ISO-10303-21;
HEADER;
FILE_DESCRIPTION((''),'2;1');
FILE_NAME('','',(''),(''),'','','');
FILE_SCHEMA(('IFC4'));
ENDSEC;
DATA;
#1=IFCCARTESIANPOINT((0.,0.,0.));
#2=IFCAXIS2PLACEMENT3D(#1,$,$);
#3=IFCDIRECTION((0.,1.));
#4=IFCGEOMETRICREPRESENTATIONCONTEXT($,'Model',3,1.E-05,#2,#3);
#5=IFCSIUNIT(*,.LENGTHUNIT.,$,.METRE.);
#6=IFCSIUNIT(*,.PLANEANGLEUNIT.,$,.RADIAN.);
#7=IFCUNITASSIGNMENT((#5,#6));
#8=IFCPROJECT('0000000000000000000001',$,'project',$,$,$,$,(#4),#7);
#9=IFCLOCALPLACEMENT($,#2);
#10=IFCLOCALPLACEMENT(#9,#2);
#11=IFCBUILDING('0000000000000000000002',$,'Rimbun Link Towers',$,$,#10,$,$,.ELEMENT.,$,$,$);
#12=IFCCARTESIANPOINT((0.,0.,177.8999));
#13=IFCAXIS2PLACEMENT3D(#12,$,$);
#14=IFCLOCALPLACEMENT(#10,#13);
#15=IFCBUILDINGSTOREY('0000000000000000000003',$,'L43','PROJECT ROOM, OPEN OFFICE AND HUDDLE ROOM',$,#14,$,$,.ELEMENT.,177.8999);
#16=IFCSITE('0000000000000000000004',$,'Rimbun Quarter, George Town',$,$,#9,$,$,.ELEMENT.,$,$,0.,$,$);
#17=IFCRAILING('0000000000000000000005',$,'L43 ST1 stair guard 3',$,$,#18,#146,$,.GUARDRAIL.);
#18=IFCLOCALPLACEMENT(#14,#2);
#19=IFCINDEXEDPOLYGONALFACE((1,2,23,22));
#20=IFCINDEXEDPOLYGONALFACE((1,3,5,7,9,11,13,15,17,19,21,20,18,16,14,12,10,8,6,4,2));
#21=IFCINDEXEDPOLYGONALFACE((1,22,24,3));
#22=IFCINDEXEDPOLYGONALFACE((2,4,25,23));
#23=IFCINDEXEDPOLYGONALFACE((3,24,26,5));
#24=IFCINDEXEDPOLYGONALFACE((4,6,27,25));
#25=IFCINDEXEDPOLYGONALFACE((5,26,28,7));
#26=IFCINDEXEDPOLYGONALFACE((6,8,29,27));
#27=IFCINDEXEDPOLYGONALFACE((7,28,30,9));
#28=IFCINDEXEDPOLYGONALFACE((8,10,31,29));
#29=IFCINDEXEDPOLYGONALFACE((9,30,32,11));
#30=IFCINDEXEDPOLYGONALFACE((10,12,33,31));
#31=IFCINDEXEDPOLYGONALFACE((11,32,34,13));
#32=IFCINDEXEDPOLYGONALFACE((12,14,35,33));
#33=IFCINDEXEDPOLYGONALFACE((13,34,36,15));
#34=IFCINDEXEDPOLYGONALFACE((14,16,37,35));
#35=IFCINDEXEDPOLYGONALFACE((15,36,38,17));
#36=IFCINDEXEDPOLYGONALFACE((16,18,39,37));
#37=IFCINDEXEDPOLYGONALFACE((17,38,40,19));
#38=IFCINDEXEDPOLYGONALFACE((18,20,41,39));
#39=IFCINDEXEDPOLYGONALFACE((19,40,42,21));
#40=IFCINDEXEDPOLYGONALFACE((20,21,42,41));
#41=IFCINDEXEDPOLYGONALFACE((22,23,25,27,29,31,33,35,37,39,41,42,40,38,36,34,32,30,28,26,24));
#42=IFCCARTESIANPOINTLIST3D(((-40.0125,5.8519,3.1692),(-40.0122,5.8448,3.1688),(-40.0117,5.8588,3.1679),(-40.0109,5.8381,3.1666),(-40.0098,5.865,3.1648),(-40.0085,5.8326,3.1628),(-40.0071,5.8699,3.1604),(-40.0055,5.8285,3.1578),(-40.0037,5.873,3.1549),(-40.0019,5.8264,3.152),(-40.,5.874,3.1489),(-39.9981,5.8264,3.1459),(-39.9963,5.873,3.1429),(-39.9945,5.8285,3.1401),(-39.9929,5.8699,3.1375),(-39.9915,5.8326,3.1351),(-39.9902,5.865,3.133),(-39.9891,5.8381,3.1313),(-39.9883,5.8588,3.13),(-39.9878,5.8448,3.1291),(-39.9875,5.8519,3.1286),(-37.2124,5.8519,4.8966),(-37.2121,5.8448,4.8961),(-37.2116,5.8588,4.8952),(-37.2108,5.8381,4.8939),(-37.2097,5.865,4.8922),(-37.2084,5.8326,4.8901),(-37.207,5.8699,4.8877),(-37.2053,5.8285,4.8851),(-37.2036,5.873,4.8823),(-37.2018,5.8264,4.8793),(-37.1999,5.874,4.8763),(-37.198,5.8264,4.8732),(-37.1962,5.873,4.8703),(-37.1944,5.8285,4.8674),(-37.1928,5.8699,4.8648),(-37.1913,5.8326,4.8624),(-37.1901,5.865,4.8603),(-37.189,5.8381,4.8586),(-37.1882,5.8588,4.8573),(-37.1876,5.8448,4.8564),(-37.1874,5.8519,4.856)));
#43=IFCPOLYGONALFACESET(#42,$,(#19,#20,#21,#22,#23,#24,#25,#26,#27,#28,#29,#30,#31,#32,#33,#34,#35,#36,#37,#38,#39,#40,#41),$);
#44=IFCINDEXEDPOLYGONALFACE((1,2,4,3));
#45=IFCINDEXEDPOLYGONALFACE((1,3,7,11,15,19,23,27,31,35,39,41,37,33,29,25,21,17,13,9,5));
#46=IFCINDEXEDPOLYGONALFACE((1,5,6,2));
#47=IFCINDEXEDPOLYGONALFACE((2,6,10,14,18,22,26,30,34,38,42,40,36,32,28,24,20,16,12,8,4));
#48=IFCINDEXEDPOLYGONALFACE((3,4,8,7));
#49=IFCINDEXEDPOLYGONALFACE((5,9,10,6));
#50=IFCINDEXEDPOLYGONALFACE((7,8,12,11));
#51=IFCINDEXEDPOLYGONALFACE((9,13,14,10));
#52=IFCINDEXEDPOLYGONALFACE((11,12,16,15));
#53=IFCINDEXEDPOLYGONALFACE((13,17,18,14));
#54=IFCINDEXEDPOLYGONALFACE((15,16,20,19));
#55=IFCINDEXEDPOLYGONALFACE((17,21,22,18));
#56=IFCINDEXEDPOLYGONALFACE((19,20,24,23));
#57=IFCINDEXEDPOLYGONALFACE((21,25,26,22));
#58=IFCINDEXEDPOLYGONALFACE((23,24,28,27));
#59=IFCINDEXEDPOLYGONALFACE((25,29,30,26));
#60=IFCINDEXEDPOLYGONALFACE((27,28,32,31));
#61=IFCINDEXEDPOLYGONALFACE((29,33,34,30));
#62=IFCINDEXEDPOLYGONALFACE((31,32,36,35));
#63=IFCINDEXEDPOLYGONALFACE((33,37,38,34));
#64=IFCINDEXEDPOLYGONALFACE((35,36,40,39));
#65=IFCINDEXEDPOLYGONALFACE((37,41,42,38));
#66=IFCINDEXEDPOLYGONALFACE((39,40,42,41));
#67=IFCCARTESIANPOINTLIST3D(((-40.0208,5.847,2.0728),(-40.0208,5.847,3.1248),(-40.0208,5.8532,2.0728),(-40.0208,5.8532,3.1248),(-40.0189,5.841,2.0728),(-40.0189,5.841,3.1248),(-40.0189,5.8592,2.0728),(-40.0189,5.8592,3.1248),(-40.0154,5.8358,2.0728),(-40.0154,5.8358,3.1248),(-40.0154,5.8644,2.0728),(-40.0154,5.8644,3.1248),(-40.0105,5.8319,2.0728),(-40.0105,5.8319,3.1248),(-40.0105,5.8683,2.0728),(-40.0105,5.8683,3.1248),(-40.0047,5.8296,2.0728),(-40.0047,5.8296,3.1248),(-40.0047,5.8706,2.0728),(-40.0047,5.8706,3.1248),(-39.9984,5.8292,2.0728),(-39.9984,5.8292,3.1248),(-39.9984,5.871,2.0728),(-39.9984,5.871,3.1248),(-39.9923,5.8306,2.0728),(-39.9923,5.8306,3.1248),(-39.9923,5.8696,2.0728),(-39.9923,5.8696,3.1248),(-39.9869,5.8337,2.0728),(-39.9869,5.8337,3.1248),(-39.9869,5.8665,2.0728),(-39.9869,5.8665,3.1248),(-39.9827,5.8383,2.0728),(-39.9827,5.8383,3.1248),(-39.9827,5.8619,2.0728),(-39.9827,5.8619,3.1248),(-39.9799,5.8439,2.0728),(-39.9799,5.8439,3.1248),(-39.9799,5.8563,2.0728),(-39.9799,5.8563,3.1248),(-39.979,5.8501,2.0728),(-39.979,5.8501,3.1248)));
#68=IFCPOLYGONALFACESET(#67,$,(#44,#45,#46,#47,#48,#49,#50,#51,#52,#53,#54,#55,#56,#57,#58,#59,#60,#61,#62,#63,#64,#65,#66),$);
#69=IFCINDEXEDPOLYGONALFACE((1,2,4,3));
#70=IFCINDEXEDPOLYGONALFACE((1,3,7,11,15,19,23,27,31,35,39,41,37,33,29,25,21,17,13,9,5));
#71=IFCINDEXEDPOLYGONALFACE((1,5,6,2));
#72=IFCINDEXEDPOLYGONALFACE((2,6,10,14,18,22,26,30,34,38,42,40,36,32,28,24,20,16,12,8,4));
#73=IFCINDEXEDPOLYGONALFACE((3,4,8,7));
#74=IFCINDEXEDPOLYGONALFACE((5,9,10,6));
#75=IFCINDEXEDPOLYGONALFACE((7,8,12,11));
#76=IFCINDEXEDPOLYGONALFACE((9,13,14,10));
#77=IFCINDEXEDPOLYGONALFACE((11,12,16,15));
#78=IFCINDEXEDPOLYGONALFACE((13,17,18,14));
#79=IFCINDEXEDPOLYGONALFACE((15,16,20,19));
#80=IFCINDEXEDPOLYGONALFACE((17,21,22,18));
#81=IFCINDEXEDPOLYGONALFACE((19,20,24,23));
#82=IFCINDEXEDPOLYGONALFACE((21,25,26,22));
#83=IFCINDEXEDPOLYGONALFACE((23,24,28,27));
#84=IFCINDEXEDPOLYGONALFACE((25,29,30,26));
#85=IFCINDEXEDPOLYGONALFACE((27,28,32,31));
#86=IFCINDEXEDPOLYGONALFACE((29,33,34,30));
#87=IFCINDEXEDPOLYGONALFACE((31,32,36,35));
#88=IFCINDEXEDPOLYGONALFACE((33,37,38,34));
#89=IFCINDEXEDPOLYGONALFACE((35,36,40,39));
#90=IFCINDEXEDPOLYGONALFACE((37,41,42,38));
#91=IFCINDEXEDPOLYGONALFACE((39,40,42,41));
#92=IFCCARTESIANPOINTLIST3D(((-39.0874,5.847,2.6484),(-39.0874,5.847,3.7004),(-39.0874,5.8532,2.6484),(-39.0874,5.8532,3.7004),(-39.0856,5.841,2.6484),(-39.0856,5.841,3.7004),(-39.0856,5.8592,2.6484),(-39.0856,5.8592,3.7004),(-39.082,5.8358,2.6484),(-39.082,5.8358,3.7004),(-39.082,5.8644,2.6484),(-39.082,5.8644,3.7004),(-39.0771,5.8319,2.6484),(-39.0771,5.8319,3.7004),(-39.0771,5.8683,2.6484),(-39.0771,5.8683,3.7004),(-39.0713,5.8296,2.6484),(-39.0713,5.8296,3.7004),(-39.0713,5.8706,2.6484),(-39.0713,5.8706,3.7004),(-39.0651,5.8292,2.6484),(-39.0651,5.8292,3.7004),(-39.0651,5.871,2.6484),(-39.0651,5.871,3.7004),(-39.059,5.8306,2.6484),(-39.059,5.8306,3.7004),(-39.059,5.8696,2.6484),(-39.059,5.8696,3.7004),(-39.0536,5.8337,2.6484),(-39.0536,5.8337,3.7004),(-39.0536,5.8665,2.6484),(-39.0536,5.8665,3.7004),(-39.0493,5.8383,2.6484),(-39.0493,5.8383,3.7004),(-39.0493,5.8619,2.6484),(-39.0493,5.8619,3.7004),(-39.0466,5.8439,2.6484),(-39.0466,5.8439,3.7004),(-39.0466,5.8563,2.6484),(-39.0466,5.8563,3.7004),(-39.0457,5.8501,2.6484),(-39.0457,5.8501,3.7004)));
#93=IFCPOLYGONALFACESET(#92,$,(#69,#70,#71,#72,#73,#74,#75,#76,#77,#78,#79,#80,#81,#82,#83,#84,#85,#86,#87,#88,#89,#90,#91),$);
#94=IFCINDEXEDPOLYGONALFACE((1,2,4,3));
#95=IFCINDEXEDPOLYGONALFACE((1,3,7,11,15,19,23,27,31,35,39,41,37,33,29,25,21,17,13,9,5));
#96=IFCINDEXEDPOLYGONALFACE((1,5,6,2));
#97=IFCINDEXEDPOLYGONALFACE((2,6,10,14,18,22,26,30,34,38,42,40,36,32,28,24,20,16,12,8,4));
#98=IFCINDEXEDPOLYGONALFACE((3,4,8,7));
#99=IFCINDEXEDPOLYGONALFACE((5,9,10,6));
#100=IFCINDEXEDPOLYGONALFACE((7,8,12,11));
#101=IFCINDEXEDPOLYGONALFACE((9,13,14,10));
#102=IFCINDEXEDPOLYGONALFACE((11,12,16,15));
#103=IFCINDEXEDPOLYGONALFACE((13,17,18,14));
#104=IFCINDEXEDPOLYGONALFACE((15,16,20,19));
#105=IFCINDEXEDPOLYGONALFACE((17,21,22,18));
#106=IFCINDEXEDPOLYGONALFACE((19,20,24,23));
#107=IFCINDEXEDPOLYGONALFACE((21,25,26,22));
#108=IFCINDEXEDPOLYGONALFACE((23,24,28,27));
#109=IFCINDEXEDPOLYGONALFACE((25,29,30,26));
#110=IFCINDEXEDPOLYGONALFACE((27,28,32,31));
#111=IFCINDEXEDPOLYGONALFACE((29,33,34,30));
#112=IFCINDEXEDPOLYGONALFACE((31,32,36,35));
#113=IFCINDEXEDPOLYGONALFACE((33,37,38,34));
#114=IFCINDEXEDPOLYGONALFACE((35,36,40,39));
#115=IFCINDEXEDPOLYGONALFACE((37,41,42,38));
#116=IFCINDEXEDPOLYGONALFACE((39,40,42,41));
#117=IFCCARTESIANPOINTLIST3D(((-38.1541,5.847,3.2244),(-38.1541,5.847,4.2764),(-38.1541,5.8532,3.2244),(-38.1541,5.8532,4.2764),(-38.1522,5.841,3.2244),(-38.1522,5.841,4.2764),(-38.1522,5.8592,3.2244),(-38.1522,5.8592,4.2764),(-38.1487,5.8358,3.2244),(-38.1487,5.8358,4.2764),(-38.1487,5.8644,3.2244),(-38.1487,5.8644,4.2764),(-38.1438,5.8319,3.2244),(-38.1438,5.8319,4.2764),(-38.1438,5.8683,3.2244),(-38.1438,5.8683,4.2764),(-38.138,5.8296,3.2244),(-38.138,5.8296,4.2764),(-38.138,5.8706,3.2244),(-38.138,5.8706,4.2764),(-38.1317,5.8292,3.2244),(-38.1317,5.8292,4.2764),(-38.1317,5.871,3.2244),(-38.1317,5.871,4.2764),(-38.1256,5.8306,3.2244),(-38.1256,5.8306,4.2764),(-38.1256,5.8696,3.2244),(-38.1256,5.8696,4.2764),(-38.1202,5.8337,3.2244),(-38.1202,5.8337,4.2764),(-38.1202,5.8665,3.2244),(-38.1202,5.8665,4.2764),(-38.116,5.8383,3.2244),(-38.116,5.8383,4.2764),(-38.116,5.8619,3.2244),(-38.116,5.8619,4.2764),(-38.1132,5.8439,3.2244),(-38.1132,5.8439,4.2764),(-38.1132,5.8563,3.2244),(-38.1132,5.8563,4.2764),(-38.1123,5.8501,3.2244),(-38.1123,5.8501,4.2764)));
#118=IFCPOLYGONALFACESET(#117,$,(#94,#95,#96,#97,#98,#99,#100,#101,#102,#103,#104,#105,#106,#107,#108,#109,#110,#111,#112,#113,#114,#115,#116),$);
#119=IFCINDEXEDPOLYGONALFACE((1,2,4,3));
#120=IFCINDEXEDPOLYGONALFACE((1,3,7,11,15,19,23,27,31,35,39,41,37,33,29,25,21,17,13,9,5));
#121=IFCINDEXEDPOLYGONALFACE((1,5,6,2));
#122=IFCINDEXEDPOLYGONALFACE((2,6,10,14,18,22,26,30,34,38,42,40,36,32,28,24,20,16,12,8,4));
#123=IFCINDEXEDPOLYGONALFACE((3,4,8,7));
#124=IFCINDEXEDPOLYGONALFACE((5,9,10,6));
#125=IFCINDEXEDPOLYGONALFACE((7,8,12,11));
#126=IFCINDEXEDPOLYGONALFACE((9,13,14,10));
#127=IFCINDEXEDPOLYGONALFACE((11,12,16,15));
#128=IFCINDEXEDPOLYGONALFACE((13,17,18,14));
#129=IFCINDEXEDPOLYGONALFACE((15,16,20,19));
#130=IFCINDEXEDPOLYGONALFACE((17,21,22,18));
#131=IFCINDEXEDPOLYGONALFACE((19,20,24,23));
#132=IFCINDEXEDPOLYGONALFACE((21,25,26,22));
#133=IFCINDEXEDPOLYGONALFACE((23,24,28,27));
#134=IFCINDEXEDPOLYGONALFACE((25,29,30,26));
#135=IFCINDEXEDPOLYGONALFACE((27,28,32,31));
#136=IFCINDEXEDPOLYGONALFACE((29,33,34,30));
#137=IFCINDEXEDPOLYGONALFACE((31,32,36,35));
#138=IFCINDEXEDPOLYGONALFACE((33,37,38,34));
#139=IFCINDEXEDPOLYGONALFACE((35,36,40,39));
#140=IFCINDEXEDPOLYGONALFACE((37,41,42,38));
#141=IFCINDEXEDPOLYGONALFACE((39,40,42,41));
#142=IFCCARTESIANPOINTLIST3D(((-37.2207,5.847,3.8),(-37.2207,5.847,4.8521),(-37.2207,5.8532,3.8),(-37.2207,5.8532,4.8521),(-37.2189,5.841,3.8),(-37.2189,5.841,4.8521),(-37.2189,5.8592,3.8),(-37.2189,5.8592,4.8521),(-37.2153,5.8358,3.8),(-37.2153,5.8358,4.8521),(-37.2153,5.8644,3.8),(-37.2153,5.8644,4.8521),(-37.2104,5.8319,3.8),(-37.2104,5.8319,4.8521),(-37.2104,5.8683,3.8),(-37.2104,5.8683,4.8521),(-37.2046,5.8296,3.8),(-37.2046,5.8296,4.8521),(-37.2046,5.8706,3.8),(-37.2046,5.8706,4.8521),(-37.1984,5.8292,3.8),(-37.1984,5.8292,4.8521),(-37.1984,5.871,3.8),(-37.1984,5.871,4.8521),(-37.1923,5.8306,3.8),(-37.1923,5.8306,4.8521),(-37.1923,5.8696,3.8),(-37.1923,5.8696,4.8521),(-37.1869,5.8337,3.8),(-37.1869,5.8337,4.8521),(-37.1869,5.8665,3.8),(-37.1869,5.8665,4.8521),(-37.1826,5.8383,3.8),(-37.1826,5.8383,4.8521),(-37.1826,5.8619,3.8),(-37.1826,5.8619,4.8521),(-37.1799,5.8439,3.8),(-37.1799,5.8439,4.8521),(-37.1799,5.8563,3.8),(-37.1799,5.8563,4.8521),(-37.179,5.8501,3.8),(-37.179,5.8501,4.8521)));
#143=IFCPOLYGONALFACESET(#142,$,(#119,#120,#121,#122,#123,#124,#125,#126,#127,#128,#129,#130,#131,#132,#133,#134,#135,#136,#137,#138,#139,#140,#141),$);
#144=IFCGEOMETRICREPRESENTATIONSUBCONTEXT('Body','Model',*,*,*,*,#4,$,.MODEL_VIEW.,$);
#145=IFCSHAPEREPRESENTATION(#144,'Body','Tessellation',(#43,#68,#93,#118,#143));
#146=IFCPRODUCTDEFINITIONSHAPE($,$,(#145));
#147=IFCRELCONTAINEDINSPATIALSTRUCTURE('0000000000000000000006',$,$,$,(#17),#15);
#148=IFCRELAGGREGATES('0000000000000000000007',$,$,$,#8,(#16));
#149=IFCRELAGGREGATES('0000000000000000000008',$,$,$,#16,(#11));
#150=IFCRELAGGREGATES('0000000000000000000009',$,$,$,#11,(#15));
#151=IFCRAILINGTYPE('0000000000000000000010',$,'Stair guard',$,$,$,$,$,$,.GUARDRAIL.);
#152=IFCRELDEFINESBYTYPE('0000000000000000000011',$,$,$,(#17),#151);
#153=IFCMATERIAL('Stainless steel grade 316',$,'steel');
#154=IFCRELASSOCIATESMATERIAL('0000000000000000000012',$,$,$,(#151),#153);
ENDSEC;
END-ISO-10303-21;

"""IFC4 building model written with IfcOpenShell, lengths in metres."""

from ifc_helpers import new_model, si_unit, direction, frame, origin, origin_2d, place, context, subcontext, project, spatial, circle, extrude, material, type_object, element, save


model = new_model("IFC4")

# Units and contexts
model_context = context("Model", 3, precision=1e-05, world=origin(), true_north=direction((0.0, 1.0)))
body_context = subcontext(model_context, "Body", "Model", "MODEL_VIEW")
ifc_project = project(units=[si_unit("LENGTHUNIT", "METRE"), si_unit("PLANEANGLEUNIT", "RADIAN")], contexts=[model_context])

# Site, building, storey
site_placement = place(None, origin())
site = spatial("IfcSite", under=ifc_project, at=site_placement, Name="Rimbun Quarter, George Town", CompositionType="ELEMENT", RefElevation=0.0)
building_placement = place(site_placement, origin())
building = spatial("IfcBuilding", under=site, at=building_placement, Name="Rimbun Link Towers", CompositionType="ELEMENT")
storey_placement = place(building_placement, frame((0.0, 0.0, 177.8999)))
storey = spatial("IfcBuildingStorey", under=building, at=storey_placement, Name="L43", Description="PROJECT ROOM, OPEN OFFICE AND HUDDLE ROOM", CompositionType="ELEMENT", Elevation=177.8999)

# Railing
ifc_material_1 = material(Name="Stainless steel grade 316", Category="steel")
railing_type_1 = type_object("IfcRailingType", Name="Stair guard", PredefinedType="GUARDRAIL", material=ifc_material_1)
railing_1_placement = place(storey_placement, frame((-40.0, 5.8501, 2.0728)))
element("IfcRailing", 1, at=railing_1_placement, inside=storey, type_object=railing_type_1, Name="L43 ST1 stair guard 3", PredefinedType="GUARDRAIL", context=body_context, shape_type="SweptSolid", body=[
    extrude(circle(Radius=0.0239, at=origin_2d()), frame((0.0, 0.0, 1.0762), z_axis=(0.85109, 0.0, 0.52502), x_axis=(0.0, 1.0, 0.0)), (0.0, 0.0, 1.0), 3.29),
    extrude(circle(Radius=0.021, at=origin_2d()), origin(), (0.0, 0.0, 1.0), 1.052),
    extrude(circle(Radius=0.021, at=origin_2d()), frame((0.9333, 0.0, 0.5757)), (0.0, 0.0, 1.0), 1.052),
    extrude(circle(Radius=0.021, at=origin_2d()), frame((1.8667, 0.0, 1.1516)), (0.0, 0.0, 1.0), 1.052),
    extrude(circle(Radius=0.021, at=origin_2d()), frame((2.8, 0.0, 1.7273)), (0.0, 0.0, 1.0), 1.052),
])

save(model, "model.ifc")
